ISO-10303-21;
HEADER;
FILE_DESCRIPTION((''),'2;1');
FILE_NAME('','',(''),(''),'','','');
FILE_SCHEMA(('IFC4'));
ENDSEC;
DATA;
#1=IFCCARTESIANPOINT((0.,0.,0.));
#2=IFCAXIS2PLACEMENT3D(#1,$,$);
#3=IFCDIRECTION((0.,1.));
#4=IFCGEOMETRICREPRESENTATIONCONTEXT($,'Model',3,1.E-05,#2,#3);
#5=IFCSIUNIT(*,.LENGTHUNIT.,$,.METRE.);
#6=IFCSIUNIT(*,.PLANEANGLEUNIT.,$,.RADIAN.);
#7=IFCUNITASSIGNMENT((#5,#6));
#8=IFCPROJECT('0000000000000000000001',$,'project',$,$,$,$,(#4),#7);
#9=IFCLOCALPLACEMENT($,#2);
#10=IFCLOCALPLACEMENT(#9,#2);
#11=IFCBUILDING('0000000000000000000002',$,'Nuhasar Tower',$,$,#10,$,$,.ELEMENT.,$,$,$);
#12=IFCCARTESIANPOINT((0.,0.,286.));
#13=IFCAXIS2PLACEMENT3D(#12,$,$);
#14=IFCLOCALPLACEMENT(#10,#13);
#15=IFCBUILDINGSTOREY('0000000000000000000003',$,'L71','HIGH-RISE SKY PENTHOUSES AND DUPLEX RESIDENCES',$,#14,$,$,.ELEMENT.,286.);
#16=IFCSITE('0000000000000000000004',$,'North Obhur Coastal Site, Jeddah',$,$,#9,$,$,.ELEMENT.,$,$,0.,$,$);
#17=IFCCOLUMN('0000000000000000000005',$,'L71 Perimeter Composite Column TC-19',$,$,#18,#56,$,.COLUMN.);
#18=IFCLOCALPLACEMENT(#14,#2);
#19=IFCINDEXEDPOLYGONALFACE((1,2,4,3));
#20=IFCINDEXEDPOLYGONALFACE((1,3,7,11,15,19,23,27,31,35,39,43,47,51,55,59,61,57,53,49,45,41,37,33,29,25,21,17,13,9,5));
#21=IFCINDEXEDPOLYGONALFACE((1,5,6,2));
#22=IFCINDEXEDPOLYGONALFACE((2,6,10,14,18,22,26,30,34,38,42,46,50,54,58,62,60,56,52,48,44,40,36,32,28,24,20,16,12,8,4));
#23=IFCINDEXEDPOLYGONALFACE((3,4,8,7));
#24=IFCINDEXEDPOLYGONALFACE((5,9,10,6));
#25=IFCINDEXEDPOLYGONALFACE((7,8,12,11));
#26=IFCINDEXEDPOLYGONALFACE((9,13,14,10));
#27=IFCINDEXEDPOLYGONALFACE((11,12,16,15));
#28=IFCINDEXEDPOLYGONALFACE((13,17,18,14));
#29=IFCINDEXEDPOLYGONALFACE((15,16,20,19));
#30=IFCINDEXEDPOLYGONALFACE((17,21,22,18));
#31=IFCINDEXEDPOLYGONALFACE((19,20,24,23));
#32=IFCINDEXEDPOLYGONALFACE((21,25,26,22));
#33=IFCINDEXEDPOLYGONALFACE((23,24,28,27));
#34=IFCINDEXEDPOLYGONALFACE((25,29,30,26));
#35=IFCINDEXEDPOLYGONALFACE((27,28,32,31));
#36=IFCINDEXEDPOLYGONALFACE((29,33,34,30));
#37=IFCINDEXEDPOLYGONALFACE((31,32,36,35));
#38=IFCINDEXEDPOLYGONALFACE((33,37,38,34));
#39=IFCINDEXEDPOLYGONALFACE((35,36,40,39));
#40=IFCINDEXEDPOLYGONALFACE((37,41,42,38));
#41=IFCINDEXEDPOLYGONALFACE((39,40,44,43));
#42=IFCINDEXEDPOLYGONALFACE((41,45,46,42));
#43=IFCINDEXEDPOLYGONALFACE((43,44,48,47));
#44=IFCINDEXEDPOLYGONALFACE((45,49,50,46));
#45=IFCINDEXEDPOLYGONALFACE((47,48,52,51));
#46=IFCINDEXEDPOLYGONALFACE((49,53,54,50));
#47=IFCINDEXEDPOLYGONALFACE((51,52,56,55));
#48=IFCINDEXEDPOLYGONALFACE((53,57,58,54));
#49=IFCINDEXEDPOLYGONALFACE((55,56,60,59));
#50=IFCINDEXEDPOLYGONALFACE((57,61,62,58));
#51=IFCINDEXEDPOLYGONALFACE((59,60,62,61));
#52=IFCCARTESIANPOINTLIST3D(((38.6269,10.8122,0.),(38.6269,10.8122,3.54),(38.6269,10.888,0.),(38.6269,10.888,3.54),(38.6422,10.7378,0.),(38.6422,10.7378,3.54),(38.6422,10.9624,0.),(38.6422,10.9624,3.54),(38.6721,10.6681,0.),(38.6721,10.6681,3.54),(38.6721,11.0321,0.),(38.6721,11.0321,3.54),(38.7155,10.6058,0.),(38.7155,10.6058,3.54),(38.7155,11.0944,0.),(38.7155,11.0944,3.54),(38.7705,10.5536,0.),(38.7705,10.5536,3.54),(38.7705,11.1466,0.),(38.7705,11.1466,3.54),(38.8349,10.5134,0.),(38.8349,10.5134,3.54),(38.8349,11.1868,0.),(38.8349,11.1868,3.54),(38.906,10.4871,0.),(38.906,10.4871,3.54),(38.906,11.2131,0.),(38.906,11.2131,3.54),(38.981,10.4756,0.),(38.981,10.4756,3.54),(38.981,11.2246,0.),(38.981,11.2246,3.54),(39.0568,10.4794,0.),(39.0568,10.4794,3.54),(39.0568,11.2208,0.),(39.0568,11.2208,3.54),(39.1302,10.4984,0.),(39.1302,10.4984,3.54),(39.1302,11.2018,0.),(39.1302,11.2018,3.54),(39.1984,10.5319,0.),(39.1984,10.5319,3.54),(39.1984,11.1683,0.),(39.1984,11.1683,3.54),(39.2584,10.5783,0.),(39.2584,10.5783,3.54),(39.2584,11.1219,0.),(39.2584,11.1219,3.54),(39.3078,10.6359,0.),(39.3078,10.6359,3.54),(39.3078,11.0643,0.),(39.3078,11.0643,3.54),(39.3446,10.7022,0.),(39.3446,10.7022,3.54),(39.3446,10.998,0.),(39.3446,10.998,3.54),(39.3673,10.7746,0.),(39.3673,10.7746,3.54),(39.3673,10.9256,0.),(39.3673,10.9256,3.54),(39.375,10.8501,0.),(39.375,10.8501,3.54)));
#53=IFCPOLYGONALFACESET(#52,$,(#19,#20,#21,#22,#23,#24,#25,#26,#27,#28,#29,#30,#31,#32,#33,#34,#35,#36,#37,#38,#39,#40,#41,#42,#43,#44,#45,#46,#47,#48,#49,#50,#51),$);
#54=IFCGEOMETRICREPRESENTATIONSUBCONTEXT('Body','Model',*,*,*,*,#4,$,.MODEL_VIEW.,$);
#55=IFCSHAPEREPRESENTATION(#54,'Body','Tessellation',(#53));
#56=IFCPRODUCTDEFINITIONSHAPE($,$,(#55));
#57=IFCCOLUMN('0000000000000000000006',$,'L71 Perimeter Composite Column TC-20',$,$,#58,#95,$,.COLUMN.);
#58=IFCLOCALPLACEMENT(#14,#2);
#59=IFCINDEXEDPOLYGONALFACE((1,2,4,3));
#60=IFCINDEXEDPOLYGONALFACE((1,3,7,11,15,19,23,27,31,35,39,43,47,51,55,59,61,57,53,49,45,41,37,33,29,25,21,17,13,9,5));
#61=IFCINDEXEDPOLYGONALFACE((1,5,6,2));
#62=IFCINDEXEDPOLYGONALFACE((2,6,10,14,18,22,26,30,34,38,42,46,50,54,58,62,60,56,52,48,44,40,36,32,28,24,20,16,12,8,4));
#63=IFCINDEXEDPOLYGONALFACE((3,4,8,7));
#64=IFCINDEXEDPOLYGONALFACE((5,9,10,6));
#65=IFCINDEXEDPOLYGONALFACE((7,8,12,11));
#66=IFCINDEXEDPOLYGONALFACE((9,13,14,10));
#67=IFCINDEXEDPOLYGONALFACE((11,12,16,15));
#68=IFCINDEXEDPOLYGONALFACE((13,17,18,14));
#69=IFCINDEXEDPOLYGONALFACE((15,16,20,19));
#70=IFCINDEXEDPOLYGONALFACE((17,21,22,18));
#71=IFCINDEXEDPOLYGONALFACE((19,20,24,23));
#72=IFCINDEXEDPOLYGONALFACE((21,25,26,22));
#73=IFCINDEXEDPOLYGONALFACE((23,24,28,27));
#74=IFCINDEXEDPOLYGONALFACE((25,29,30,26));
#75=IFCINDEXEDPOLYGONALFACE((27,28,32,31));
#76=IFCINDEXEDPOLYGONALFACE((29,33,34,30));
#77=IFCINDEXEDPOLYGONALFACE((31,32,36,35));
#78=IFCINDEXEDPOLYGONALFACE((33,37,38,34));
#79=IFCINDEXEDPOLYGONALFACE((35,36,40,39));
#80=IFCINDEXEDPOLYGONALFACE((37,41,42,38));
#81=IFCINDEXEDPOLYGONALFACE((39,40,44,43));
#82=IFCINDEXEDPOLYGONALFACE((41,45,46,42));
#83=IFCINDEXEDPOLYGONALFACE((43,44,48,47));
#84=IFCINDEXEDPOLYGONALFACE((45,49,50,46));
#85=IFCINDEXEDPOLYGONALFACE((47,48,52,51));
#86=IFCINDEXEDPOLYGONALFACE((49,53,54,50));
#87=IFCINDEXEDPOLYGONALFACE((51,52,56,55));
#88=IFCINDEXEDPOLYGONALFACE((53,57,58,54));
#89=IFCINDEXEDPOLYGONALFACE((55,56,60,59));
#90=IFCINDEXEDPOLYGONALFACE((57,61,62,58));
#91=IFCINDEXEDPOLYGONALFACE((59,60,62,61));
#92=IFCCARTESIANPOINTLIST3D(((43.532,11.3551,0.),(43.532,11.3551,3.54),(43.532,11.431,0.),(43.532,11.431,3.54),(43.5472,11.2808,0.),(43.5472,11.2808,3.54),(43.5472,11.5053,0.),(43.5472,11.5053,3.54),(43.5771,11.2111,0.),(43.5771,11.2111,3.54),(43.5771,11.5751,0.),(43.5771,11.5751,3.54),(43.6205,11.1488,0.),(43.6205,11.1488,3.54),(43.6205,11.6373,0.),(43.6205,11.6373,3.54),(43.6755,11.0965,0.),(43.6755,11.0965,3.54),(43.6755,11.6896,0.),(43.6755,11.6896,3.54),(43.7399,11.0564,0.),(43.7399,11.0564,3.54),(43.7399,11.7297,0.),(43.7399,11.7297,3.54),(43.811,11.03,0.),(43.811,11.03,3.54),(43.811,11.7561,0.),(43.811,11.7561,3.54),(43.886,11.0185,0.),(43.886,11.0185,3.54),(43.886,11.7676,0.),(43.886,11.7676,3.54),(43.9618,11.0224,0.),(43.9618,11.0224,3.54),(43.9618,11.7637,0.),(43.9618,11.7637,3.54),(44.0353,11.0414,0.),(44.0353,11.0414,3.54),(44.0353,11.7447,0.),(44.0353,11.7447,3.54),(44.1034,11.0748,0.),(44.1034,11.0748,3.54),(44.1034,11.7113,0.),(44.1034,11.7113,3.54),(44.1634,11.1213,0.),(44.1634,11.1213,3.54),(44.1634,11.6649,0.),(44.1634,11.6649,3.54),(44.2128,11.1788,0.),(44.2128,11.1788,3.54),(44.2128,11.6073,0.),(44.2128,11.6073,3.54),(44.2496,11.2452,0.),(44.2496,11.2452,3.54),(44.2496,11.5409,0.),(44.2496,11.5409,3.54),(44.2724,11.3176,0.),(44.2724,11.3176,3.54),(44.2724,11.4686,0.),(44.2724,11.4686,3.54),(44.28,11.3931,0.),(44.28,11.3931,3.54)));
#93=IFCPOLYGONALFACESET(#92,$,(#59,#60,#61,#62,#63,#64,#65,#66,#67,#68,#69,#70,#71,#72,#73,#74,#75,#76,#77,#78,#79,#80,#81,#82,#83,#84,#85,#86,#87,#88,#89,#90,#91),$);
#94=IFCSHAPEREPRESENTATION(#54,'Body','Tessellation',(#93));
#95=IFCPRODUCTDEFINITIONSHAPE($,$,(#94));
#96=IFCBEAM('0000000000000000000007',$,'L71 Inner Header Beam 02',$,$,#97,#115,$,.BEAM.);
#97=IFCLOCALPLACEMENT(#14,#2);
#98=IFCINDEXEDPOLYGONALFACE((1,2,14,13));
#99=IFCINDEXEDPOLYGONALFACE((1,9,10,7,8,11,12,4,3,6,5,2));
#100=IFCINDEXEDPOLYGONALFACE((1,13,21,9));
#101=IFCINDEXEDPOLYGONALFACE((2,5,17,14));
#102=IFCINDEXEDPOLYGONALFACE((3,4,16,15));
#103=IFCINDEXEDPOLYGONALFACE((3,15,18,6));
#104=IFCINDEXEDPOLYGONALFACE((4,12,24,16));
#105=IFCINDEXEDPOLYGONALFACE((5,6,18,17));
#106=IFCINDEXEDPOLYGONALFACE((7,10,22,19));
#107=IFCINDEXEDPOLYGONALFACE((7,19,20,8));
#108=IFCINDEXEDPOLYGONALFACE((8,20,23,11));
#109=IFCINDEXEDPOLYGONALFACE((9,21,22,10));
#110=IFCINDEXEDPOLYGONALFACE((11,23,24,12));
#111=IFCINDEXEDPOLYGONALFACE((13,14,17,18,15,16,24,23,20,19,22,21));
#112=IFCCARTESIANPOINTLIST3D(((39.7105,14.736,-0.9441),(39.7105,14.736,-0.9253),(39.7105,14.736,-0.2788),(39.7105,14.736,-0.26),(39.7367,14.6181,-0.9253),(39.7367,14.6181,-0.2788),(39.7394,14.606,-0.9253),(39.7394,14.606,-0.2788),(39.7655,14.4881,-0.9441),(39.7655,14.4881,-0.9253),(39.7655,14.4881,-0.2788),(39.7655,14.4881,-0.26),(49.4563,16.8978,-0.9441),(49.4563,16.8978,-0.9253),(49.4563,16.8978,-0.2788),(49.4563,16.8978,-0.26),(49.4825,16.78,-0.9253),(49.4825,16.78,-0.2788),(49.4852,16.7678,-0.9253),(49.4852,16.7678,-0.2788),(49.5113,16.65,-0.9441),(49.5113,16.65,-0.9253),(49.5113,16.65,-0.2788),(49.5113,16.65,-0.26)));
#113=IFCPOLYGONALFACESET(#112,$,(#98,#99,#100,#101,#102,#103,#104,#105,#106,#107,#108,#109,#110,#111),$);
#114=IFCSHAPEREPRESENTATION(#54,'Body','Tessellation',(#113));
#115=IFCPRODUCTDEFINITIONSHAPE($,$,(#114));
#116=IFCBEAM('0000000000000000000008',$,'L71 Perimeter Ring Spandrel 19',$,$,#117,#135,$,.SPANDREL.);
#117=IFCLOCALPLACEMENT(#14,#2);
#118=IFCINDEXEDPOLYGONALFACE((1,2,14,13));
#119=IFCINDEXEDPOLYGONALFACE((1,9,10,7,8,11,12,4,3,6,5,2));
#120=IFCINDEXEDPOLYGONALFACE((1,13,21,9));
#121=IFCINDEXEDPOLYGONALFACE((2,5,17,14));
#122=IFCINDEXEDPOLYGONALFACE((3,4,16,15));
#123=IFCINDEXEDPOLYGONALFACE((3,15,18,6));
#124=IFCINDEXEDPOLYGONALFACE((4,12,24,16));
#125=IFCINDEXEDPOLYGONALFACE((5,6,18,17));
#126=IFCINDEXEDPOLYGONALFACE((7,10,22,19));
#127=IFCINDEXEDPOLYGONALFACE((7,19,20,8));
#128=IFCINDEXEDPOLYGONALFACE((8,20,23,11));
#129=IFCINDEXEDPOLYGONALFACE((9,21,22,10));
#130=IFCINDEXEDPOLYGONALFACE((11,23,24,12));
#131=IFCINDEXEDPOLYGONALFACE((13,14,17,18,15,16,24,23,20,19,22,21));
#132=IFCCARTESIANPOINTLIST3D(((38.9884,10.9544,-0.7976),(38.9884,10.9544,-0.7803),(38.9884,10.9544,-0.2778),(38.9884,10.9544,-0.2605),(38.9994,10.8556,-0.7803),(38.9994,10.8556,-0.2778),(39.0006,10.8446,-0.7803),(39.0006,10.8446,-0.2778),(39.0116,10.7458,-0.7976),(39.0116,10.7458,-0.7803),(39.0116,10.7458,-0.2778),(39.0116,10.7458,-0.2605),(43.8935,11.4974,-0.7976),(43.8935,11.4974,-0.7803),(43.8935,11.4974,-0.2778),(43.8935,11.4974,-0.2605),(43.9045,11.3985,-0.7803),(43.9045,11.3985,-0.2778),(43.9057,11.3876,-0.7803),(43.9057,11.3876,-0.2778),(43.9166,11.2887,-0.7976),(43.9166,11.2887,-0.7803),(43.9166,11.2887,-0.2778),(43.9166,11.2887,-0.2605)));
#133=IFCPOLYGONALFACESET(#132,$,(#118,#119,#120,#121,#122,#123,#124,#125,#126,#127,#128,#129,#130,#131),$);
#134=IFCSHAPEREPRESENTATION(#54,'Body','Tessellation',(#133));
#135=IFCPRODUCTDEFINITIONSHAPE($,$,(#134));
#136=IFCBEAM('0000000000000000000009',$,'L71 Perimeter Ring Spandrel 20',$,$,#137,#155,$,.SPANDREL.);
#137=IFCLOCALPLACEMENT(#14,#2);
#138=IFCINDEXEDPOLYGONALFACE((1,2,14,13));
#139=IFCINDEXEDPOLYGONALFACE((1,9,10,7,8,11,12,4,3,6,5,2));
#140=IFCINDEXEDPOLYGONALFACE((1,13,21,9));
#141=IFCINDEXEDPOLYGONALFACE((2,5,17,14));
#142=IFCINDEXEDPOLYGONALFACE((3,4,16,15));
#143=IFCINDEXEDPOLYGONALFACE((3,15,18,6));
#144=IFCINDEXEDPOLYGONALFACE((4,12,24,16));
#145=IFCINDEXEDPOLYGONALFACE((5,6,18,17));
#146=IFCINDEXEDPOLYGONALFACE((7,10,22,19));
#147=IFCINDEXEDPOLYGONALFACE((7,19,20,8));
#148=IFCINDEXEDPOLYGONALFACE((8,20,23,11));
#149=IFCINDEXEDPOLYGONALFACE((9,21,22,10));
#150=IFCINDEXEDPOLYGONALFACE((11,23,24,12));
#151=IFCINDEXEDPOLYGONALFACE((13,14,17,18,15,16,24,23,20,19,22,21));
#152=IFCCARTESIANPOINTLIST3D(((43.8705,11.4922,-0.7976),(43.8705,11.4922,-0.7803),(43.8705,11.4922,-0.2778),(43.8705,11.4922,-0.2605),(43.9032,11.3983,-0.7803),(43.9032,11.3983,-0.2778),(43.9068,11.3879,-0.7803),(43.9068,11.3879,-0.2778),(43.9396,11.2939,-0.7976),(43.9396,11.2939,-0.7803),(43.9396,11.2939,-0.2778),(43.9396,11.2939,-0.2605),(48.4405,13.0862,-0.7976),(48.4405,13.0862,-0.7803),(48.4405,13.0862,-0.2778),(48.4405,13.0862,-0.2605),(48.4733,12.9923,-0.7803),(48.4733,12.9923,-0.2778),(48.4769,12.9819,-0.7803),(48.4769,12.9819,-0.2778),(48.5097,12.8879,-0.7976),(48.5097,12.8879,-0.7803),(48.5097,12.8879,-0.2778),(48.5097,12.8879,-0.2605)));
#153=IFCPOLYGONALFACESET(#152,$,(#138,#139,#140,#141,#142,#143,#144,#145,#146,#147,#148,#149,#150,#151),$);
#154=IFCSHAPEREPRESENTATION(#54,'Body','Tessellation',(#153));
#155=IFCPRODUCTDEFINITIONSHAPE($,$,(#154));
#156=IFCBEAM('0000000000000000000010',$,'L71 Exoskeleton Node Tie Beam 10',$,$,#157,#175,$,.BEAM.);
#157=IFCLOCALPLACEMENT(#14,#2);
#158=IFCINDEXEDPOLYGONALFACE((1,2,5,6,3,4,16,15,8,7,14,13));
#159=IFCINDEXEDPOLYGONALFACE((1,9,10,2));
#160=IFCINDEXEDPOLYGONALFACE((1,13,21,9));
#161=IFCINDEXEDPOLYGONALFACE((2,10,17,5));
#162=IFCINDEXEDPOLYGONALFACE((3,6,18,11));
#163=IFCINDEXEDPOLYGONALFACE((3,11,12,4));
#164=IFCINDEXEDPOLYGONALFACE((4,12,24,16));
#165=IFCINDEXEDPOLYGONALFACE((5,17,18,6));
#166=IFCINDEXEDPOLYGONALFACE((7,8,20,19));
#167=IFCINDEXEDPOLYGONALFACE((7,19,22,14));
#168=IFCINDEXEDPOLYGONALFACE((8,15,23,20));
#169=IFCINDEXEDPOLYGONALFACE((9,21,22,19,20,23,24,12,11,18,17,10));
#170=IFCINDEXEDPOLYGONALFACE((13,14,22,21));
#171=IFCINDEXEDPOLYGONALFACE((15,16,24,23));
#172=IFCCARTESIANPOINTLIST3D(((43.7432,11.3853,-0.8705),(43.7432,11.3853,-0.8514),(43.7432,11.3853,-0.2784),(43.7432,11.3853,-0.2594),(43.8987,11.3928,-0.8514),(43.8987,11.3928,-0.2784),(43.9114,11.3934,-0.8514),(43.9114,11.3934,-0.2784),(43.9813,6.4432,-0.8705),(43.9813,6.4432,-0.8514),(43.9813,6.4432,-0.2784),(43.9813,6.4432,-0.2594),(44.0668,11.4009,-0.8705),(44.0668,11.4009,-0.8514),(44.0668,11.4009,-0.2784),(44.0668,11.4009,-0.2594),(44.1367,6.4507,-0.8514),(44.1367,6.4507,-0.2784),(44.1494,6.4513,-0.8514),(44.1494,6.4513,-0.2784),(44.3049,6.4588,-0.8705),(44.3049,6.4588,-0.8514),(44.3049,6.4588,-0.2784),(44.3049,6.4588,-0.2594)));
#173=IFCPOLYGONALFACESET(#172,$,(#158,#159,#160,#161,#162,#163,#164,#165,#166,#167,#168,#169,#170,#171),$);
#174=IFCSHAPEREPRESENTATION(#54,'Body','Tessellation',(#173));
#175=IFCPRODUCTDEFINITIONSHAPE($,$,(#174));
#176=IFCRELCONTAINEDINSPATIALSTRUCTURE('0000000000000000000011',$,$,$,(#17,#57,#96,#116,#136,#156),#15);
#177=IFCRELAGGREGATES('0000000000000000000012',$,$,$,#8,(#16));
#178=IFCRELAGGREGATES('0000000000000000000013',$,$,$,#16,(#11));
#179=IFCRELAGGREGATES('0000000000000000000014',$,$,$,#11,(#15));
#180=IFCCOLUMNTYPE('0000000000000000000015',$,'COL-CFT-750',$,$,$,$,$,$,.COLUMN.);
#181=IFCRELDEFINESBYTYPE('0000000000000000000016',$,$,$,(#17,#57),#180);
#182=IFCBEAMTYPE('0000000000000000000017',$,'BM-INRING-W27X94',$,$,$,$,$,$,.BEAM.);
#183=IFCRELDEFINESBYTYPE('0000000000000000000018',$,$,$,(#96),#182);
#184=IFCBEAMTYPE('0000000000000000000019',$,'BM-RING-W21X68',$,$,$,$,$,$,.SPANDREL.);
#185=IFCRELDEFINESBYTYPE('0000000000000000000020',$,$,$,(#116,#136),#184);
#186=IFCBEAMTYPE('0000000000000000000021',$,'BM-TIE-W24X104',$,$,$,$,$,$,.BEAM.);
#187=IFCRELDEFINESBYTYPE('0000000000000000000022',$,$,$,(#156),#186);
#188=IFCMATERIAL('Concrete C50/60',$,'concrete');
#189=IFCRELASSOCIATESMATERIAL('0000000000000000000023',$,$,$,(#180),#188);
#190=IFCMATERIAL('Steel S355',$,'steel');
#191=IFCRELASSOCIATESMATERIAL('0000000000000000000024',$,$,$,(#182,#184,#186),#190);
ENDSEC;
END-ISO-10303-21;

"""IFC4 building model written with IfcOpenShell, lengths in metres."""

from ifc_helpers import new_model, si_unit, direction, frame, origin, origin_2d, place, context, subcontext, project, spatial, circle, i_section, extrude, material, material_profile, profile_set, type_object, element, save


model = new_model("IFC4")

# Units and contexts
model_context = context("Model", 3, precision=1e-05, world=origin(), true_north=direction((0.0, 1.0)))
body_context = subcontext(model_context, "Body", "Model", "MODEL_VIEW")
ifc_project = project(units=[si_unit("LENGTHUNIT", "METRE"), si_unit("PLANEANGLEUNIT", "RADIAN")], contexts=[model_context])

# Site, building, storey
site_placement = place(None, origin())
site = spatial("IfcSite", under=ifc_project, at=site_placement, Name="North Obhur Coastal Site, Jeddah", CompositionType="ELEMENT", RefElevation=0.0)
building_placement = place(site_placement, origin())
building = spatial("IfcBuilding", under=site, at=building_placement, Name="Nuhasar Tower", CompositionType="ELEMENT")
storey_placement = place(building_placement, frame((0.0, 0.0, 286.0)))
storey = spatial("IfcBuildingStorey", under=building, at=storey_placement, Name="L71", Description="HIGH-RISE SKY PENTHOUSES AND DUPLEX RESIDENCES", CompositionType="ELEMENT", Elevation=286.0)

# Columns
ifc_material_1 = material(Name="Concrete C50/60", Category="concrete")
ifc_material_profile_1 = material_profile(ifc_material_1, circle(Radius=0.375, at=origin_2d()), Name="CFT750")
ifc_profile_set_1 = profile_set([ifc_material_profile_1], Name="Concrete C50/60")
column_type = type_object("IfcColumnType", Name="COL-CFT-750", PredefinedType="COLUMN", material=ifc_profile_set_1)
for number, where, z_axis, x_axis, name in (
    (1, (39.0, 10.8501, 0.0), (0.0, 0.0, 1.0), (1.0, 0.0, 0.0), "L71 Perimeter Composite Column TC-19"),
    (2, (43.905, 11.3931, 0.0), (0.0, 0.0, 1.0), (1.0, 0.0, 0.0), "L71 Perimeter Composite Column TC-20"),
):
    element("IfcColumn", number, at=place(storey_placement, frame(where, z_axis=z_axis, x_axis=x_axis)), inside=storey, type_object=column_type, Name=name, PredefinedType="COLUMN", context=body_context, shape_type="SweptSolid", body=[
        extrude(circle(Radius=0.375, at=origin_2d()), origin(), (0.0, 0.0, 1.0), 3.54),
    ])

# Beams
ifc_material_2 = material(Name="Steel S355", Category="steel")
ifc_material_profile_2 = material_profile(ifc_material_2, i_section(OverallWidth=0.2539, OverallDepth=0.6841, WebThickness=0.0125, FlangeThickness=0.0188, at=origin_2d()), Name="W27X94")
ifc_profile_set_2 = profile_set([ifc_material_profile_2], Name="Steel S355")
beam_type_1 = type_object("IfcBeamType", Name="BM-INRING-W27X94", PredefinedType="BEAM", material=ifc_profile_set_2)
beam_1_placement = place(storey_placement, frame((39.738, 14.6121, -0.6021), z_axis=(0.976269, 0.21656, 0.0), x_axis=(-0.21656, 0.976269, 0.0)))
element("IfcBeam", 3, at=beam_1_placement, inside=storey, type_object=beam_type_1, Name="L71 Inner Header Beam 02", PredefinedType="BEAM", context=body_context, shape_type="SweptSolid", body=[
    extrude(i_section(OverallWidth=0.2539, OverallDepth=0.6841, WebThickness=0.0125, FlangeThickness=0.0188, at=origin_2d()), origin(), (0.0, 0.0, 1.0), 9.9827),
])
ifc_material_profile_3 = material_profile(ifc_material_2, i_section(OverallWidth=0.21, OverallDepth=0.5371, WebThickness=0.011, FlangeThickness=0.0173, at=origin_2d()), Name="W21X68")
ifc_profile_set_3 = profile_set([ifc_material_profile_3], Name="Steel S355")
beam_type_2 = type_object("IfcBeamType", Name="BM-RING-W21X68", PredefinedType="SPANDREL", material=ifc_profile_set_3)
beam_2_placement = place(storey_placement, frame((39.0, 10.8501, -0.5291), z_axis=(0.993929, 0.110024, 0.0), x_axis=(-0.110024, 0.993929, 0.0)))
element("IfcBeam", 4, at=beam_2_placement, inside=storey, type_object=beam_type_2, Name="L71 Perimeter Ring Spandrel 19", PredefinedType="SPANDREL", context=body_context, shape_type="SweptSolid", body=[
    extrude(i_section(OverallWidth=0.21, OverallDepth=0.5371, WebThickness=0.011, FlangeThickness=0.0173, at=origin_2d()), origin(), (0.0, 0.0, 1.0), 4.9351),
])
beam_3_placement = place(storey_placement, frame((43.905, 11.3931, -0.5291), z_axis=(0.944214, 0.329332, 0.0), x_axis=(-0.329332, 0.944214, 0.0)))
element("IfcBeam", 5, at=beam_3_placement, inside=storey, type_object=beam_type_2, Name="L71 Perimeter Ring Spandrel 20", PredefinedType="SPANDREL", context=body_context, shape_type="SweptSolid", body=[
    extrude(i_section(OverallWidth=0.21, OverallDepth=0.5371, WebThickness=0.011, FlangeThickness=0.0173, at=origin_2d()), origin(), (0.0, 0.0, 1.0), 4.8401),
])
ifc_material_profile_4 = material_profile(ifc_material_2, i_section(OverallWidth=0.324, OverallDepth=0.6111, WebThickness=0.0127, FlangeThickness=0.019, at=origin_2d()), Name="W24X104")
ifc_profile_set_4 = profile_set([ifc_material_profile_4], Name="Steel S355")
beam_type_3 = type_object("IfcBeamType", Name="BM-TIE-W24X104", PredefinedType="BEAM", material=ifc_profile_set_4)
beam_4_placement = place(storey_placement, frame((43.905, 11.3931, -0.5649), z_axis=(0.048109, -0.998842, 0.0), x_axis=(0.998842, 0.048109, 0.0)))
element("IfcBeam", 6, at=beam_4_placement, inside=storey, type_object=beam_type_3, Name="L71 Exoskeleton Node Tie Beam 10", PredefinedType="BEAM", context=body_context, shape_type="SweptSolid", body=[
    extrude(i_section(OverallWidth=0.324, OverallDepth=0.6111, WebThickness=0.0127, FlangeThickness=0.019, at=origin_2d()), origin(), (0.0, 0.0, 1.0), 4.9478),
])

save(model, "model.ifc")
